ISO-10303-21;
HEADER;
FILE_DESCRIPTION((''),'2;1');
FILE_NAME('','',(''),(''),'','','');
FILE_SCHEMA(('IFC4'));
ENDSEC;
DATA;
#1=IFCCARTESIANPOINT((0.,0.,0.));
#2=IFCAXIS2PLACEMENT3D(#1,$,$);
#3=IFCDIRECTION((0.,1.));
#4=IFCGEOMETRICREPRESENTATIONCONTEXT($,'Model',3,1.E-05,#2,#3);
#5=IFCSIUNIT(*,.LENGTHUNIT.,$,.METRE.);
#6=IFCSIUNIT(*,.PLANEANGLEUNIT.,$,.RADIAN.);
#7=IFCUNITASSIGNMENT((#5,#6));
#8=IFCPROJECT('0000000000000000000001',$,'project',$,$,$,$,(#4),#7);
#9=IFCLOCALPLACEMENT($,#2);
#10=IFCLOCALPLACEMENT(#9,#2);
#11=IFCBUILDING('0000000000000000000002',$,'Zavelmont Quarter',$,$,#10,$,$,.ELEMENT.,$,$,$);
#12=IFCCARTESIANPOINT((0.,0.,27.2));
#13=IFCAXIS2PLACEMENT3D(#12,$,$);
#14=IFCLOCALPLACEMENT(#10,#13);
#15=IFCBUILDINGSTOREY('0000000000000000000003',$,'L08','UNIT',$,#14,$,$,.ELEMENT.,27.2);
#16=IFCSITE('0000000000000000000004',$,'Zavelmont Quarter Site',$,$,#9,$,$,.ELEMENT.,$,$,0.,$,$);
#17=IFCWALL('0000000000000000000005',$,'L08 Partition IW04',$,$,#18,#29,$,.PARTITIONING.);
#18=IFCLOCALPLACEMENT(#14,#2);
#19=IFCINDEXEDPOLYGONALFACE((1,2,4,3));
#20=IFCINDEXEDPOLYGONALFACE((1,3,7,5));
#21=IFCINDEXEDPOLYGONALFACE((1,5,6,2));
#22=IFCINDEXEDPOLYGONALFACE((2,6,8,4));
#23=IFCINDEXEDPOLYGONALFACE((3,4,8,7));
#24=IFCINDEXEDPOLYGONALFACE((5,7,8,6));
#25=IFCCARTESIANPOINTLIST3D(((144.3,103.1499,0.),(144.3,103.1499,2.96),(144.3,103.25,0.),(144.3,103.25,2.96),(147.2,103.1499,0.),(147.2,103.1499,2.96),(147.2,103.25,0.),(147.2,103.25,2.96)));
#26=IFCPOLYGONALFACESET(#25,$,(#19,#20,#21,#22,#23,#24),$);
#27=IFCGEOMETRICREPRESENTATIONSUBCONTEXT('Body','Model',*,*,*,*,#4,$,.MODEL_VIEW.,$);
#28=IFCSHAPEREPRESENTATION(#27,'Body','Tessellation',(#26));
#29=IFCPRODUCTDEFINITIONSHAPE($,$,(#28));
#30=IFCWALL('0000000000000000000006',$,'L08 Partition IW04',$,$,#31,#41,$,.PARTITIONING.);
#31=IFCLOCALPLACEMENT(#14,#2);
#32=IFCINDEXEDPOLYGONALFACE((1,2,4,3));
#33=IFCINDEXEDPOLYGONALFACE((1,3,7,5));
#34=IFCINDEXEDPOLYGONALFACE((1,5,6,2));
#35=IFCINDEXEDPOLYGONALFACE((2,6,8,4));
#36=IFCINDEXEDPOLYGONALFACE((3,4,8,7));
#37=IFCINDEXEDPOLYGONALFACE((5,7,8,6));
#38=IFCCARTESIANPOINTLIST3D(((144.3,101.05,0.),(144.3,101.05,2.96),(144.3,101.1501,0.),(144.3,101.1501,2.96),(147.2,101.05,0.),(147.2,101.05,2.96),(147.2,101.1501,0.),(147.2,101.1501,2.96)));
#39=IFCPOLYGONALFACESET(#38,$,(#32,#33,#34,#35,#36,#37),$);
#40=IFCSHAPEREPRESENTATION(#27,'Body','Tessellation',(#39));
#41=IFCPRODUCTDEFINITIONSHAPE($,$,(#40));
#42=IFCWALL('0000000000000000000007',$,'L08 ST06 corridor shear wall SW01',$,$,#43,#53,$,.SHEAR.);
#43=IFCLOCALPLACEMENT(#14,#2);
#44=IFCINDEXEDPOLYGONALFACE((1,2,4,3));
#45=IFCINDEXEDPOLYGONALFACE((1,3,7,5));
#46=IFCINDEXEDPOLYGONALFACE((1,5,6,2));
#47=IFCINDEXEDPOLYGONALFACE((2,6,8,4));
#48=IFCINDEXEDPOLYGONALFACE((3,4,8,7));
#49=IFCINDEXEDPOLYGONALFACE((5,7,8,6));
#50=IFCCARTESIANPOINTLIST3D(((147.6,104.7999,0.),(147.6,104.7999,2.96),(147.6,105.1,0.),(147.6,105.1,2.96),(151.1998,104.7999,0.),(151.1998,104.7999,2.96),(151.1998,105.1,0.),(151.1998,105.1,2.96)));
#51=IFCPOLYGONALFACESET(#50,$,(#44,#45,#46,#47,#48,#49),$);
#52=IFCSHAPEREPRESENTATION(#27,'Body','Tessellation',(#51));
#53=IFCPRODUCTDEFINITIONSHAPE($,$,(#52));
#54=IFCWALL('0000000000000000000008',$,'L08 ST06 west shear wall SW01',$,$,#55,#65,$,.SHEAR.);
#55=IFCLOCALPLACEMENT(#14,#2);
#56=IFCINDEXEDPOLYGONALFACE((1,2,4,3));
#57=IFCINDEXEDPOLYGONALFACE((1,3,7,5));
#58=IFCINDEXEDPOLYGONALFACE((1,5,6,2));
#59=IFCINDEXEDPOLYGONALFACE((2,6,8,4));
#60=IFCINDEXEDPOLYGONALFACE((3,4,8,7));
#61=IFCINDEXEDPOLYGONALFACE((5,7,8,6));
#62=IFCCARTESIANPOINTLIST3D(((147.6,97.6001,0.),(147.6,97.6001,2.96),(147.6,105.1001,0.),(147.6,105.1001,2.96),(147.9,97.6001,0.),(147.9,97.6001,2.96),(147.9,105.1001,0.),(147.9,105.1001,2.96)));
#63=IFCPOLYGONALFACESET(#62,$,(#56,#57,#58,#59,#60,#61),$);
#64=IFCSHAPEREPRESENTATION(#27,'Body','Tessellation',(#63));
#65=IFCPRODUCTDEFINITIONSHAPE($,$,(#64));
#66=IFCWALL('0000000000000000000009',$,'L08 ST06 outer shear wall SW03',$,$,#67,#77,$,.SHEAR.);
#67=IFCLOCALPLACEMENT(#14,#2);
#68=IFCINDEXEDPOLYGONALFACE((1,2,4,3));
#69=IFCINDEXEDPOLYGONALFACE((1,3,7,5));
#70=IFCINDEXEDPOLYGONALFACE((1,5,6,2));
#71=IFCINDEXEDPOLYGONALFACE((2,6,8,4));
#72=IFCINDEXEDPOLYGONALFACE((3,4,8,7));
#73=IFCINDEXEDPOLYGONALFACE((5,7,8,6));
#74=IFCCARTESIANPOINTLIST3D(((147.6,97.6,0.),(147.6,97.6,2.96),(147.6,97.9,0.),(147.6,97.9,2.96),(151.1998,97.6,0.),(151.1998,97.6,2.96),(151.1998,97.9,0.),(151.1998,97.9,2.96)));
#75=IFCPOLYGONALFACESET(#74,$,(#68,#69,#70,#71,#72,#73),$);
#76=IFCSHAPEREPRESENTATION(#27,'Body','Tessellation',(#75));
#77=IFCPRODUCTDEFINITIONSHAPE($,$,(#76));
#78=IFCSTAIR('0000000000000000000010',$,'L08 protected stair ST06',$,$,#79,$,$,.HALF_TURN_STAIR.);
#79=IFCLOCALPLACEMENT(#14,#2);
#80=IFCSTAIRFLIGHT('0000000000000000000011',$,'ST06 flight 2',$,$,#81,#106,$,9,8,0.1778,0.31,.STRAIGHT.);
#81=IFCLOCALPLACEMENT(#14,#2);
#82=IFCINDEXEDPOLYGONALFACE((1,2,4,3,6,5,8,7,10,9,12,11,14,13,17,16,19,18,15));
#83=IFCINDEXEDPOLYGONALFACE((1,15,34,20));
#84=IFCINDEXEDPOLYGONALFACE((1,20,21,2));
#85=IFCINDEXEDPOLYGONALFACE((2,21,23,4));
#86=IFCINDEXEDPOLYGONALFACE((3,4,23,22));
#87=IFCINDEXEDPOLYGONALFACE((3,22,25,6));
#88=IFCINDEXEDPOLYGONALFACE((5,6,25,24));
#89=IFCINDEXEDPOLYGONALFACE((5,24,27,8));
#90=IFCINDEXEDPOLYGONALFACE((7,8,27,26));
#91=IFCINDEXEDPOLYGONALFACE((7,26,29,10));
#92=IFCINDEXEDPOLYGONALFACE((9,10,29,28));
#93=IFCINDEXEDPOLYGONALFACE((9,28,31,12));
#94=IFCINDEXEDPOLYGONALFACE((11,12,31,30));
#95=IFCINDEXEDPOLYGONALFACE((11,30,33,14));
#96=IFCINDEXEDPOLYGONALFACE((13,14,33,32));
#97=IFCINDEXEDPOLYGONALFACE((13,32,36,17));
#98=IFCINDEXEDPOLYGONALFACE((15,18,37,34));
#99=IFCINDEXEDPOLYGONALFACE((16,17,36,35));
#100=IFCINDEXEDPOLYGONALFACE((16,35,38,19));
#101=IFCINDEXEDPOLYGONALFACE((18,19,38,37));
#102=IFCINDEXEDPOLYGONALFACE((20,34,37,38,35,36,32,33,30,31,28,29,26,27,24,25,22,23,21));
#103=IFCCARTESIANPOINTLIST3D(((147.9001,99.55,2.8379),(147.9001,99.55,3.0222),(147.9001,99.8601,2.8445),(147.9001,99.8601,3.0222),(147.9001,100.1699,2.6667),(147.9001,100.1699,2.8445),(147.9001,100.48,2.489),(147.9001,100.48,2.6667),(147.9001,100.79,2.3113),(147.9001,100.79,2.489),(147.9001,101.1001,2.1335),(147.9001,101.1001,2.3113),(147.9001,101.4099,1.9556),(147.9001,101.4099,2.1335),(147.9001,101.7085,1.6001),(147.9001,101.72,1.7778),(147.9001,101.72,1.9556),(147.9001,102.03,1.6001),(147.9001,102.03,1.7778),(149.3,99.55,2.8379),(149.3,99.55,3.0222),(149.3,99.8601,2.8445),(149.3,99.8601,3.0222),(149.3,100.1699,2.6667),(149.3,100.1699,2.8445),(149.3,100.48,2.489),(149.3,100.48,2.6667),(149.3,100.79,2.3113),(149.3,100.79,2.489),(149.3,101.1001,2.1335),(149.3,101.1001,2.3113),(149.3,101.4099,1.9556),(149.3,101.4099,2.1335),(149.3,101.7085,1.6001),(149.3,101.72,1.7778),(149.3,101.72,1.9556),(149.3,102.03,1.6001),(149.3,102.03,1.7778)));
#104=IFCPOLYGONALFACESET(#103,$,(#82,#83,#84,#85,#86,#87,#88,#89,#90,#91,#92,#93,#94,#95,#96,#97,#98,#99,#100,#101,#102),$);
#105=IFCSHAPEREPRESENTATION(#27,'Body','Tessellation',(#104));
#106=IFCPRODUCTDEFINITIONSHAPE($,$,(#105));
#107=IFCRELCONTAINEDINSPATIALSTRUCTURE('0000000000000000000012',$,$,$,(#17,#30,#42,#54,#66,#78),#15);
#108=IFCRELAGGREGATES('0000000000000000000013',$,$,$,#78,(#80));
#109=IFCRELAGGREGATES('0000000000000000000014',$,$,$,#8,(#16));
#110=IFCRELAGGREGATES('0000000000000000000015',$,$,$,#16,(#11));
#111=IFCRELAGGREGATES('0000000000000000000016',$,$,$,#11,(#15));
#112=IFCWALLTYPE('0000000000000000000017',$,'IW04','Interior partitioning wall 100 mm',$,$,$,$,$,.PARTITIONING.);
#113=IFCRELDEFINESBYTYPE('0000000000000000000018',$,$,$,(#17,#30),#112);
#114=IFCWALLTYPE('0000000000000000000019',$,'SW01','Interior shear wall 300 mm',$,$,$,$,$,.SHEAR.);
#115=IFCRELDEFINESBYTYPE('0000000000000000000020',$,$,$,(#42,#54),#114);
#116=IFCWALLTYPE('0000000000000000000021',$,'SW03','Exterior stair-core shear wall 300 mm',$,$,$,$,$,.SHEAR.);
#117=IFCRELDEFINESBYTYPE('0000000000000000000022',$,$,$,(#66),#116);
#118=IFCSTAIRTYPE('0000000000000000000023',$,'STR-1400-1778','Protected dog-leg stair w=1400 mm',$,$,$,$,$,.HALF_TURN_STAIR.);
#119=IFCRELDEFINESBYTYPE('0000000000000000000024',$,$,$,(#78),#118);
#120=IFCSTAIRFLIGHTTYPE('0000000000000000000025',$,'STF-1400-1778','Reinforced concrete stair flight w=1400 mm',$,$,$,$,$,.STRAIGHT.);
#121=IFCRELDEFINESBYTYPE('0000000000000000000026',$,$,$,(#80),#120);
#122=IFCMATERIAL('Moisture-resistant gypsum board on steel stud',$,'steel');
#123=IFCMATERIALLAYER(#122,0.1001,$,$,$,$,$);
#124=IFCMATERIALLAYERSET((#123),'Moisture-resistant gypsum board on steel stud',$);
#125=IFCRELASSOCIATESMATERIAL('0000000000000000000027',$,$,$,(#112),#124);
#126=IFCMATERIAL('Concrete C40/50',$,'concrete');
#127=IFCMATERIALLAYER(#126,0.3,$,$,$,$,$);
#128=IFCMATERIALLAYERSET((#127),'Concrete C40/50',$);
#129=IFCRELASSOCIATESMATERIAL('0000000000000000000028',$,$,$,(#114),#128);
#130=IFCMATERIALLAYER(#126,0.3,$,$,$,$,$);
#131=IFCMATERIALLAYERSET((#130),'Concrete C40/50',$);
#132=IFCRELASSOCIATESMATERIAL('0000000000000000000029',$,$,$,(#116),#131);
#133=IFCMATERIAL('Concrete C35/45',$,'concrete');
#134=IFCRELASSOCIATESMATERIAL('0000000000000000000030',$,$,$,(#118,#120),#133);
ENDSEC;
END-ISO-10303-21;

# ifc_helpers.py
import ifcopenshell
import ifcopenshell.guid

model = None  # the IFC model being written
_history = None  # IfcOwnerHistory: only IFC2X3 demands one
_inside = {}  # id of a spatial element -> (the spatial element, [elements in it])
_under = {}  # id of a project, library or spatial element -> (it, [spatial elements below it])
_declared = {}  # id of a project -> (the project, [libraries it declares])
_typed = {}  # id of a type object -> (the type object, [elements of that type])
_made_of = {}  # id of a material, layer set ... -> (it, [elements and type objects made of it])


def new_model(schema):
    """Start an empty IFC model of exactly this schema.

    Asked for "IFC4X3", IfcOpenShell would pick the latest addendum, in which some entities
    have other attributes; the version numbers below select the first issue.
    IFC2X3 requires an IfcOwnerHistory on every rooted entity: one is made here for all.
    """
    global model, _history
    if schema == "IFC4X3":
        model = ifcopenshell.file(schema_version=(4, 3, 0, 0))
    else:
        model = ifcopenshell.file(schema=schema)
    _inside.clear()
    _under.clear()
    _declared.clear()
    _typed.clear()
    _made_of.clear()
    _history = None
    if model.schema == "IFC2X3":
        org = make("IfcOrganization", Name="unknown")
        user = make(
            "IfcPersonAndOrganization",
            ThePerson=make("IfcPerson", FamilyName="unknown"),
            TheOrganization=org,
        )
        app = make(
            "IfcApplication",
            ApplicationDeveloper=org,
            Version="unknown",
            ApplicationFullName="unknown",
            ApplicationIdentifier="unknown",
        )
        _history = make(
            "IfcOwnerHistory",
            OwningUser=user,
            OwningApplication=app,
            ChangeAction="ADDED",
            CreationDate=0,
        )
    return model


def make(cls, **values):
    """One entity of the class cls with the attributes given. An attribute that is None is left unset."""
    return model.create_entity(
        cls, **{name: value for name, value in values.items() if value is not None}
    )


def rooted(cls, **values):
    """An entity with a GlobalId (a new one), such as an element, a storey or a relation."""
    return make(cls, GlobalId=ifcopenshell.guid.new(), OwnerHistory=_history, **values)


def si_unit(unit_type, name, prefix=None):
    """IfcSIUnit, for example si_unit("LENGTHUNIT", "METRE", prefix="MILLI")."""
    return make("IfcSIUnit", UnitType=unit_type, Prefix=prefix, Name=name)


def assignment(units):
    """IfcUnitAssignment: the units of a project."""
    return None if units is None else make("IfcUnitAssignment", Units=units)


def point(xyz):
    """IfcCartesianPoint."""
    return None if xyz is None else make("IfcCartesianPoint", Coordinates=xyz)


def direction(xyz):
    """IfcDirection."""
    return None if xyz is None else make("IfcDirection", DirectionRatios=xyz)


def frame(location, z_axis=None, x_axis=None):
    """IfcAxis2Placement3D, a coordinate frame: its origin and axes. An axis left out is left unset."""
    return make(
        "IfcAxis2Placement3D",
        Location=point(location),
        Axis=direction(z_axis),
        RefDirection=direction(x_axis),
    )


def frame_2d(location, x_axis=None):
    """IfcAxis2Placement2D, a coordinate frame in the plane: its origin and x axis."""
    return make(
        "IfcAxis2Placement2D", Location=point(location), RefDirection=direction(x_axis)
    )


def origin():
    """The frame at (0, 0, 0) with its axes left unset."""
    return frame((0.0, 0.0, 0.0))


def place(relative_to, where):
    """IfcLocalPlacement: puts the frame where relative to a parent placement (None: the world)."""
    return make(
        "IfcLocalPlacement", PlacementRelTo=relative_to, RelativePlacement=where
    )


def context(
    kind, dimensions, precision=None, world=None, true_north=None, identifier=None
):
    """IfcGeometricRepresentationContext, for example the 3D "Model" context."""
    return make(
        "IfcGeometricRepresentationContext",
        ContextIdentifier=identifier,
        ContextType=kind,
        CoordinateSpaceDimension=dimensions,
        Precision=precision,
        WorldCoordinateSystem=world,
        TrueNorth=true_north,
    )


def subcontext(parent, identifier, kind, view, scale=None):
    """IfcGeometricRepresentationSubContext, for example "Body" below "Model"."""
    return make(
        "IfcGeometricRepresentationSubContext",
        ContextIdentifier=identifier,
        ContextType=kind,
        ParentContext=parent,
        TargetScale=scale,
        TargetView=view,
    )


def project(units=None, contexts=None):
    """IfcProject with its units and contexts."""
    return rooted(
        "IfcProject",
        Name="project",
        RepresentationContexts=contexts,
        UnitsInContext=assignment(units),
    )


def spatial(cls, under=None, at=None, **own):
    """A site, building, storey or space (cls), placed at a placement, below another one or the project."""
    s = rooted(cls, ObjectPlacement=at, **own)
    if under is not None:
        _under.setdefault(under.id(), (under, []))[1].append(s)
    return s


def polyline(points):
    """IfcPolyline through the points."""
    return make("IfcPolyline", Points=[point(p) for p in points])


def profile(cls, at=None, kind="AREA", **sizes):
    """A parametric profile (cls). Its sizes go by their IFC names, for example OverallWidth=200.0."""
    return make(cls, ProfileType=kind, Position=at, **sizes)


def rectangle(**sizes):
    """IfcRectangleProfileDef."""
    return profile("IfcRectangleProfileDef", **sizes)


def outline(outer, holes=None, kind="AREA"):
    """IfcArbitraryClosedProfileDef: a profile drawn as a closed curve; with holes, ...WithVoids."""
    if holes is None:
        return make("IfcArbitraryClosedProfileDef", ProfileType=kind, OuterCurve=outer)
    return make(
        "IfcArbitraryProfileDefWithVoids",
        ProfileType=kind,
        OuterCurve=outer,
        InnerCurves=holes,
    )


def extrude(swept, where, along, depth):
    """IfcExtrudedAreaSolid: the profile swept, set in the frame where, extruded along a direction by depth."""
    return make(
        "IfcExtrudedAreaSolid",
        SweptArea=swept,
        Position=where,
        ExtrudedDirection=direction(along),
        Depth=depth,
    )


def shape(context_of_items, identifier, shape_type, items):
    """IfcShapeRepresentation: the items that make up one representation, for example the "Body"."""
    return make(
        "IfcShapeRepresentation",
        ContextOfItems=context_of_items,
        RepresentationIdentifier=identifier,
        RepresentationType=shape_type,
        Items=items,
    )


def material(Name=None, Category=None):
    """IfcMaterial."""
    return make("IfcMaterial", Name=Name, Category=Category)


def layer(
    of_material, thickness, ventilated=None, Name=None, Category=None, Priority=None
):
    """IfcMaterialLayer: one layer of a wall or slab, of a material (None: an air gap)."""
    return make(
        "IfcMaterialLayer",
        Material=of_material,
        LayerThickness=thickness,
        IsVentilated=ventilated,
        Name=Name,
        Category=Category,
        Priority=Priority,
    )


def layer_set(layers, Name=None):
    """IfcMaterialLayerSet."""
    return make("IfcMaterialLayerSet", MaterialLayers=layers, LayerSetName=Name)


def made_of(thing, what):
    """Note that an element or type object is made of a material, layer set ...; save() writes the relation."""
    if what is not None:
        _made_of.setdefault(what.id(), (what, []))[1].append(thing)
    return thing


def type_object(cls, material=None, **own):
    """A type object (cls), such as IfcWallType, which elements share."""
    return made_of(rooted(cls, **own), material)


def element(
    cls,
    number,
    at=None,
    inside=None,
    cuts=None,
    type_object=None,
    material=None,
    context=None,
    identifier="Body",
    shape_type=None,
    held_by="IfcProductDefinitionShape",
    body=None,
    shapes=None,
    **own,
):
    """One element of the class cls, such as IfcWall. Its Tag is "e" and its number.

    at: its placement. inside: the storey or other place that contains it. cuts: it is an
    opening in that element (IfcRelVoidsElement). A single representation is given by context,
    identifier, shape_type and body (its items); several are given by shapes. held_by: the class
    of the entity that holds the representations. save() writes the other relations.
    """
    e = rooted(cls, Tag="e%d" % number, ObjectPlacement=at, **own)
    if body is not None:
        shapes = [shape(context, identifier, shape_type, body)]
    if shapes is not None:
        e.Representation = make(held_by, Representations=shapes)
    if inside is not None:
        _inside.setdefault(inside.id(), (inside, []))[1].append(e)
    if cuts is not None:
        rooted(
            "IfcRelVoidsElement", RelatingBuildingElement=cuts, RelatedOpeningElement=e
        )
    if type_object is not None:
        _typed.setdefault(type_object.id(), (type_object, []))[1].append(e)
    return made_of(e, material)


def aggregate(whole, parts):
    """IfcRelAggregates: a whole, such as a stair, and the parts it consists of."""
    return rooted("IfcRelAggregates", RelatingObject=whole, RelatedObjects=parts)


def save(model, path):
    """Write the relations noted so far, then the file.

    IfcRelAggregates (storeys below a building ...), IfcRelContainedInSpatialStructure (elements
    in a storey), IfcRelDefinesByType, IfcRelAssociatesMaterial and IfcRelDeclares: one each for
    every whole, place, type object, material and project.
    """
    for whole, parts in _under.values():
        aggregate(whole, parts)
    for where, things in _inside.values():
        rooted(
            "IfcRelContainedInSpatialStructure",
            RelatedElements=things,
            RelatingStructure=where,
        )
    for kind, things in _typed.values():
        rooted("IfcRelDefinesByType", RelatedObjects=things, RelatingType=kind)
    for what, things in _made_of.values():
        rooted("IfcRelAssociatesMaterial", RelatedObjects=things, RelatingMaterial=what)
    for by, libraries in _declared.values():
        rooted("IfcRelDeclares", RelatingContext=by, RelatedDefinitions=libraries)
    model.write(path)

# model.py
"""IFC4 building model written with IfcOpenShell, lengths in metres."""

from ifc_helpers import new_model, si_unit, direction, frame, frame_2d, origin, place, context, subcontext, project, spatial, polyline, rectangle, outline, extrude, material, layer, layer_set, type_object, element, aggregate, save


model = new_model("IFC4")

# Units and contexts
model_context = context("Model", 3, precision=1e-05, world=origin(), true_north=direction((0.0, 1.0)))
body_context = subcontext(model_context, "Body", "Model", "MODEL_VIEW")
ifc_project = project(units=[si_unit("LENGTHUNIT", "METRE"), si_unit("PLANEANGLEUNIT", "RADIAN")], contexts=[model_context])

# Site, building, storey
site_placement = place(None, origin())
site = spatial("IfcSite", under=ifc_project, at=site_placement, Name="Zavelmont Quarter Site", CompositionType="ELEMENT", RefElevation=0.0)
building_placement = place(site_placement, origin())
building = spatial("IfcBuilding", under=site, at=building_placement, Name="Zavelmont Quarter", CompositionType="ELEMENT")
storey_placement = place(building_placement, frame((0.0, 0.0, 27.2)))
storey = spatial("IfcBuildingStorey", under=building, at=storey_placement, Name="L08", Description="UNIT", CompositionType="ELEMENT", Elevation=27.2)

# Shared definitions
ifc_material_1 = material(Name="Concrete C35/45", Category="concrete")

# Walls
ifc_material_2 = material(Name="Moisture-resistant gypsum board on steel stud", Category="steel")
ifc_layer_1 = layer(ifc_material_2, 0.1001)
ifc_layer_set_1 = layer_set([ifc_layer_1], Name="Moisture-resistant gypsum board on steel stud")
wall_type_1 = type_object("IfcWallType", Name="IW04", Description="Interior partitioning wall 100 mm", PredefinedType="PARTITIONING", material=ifc_layer_set_1)
for number, where, z_axis, x_axis, name in (
    (1, (144.3, 103.2, 0.0), (0.0, 0.0, 1.0), (1.0, 0.0, 0.0), "L08 Partition IW04"),
    (2, (144.3, 101.1001, 0.0), (0.0, 0.0, 1.0), (1.0, 0.0, 0.0), "L08 Partition IW04"),
):
    element("IfcWall", number, at=place(storey_placement, frame(where, z_axis=z_axis, x_axis=x_axis)), inside=storey, type_object=wall_type_1, Name=name, PredefinedType="PARTITIONING", context=body_context, shape_type="SweptSolid", body=[
        extrude(rectangle(XDim=2.8999, YDim=0.1001, at=frame_2d((1.45, 0.0))), origin(), (0.0, 0.0, 1.0), 2.96),
    ])
ifc_material_3 = material(Name="Concrete C40/50", Category="concrete")
ifc_layer_2 = layer(ifc_material_3, 0.3)
ifc_layer_set_2 = layer_set([ifc_layer_2], Name="Concrete C40/50")
wall_type_2 = type_object("IfcWallType", Name="SW01", Description="Interior shear wall 300 mm", PredefinedType="SHEAR", material=ifc_layer_set_2)
wall_1_placement = place(storey_placement, frame((147.6001, 104.95, 0.0), z_axis=(0.0, 0.0, 1.0), x_axis=(1.0, 0.0, 0.0)))
element("IfcWall", 3, at=wall_1_placement, inside=storey, type_object=wall_type_2, Name="L08 ST06 corridor shear wall SW01", PredefinedType="SHEAR", context=body_context, shape_type="SweptSolid", body=[
    extrude(rectangle(XDim=3.5999, YDim=0.3, at=frame_2d((1.7998, 0.0))), origin(), (0.0, 0.0, 1.0), 2.96),
])
wall_2_placement = place(storey_placement, frame((147.75, 97.6001, 0.0), z_axis=(0.0, 0.0, 1.0), x_axis=(0.0, 1.0, 0.0)))
element("IfcWall", 4, at=wall_2_placement, inside=storey, type_object=wall_type_2, Name="L08 ST06 west shear wall SW01", PredefinedType="SHEAR", context=body_context, shape_type="SweptSolid", body=[
    extrude(rectangle(XDim=7.5, YDim=0.3, at=frame_2d((3.75, 0.0))), origin(), (0.0, 0.0, 1.0), 2.96),
])
ifc_layer_3 = layer(ifc_material_3, 0.3)
ifc_layer_set_3 = layer_set([ifc_layer_3], Name="Concrete C40/50")
wall_type_3 = type_object("IfcWallType", Name="SW03", Description="Exterior stair-core shear wall 300 mm", PredefinedType="SHEAR", material=ifc_layer_set_3)
wall_3_placement = place(storey_placement, frame((147.6001, 97.75, 0.0), z_axis=(0.0, 0.0, 1.0), x_axis=(1.0, 0.0, 0.0)))
element("IfcWall", 5, at=wall_3_placement, inside=storey, type_object=wall_type_3, Name="L08 ST06 outer shear wall SW03", PredefinedType="SHEAR", context=body_context, shape_type="SweptSolid", body=[
    extrude(rectangle(XDim=3.5999, YDim=0.3, at=frame_2d((1.7998, 0.0))), origin(), (0.0, 0.0, 1.0), 2.96),
])

# Stair, stair flight
stair_type = type_object("IfcStairType", Name="STR-1400-1778", Description="Protected dog-leg stair w=1400 mm", PredefinedType="HALF_TURN_STAIR", material=ifc_material_1)
stair_placement = place(storey_placement, origin())
stair = element("IfcStair", 6, at=stair_placement, inside=storey, type_object=stair_type, Name="L08 protected stair ST06", PredefinedType="HALF_TURN_STAIR")
stair_flight_type = type_object("IfcStairFlightType", Name="STF-1400-1778", Description="Reinforced concrete stair flight w=1400 mm", PredefinedType="STRAIGHT", material=ifc_material_1)
stair_flight_placement = place(storey_placement, frame((148.6001, 102.03, 1.6001), z_axis=(0.0, 0.0, 1.0), x_axis=(0.0, -1.0, 0.0)))
stair_flight = element("IfcStairFlight", 7, at=stair_flight_placement, type_object=stair_flight_type, Name="ST06 flight 2", NumberOfRisers=9, NumberOfTreads=8, PredefinedType="STRAIGHT", RiserHeight=0.1778, TreadLength=0.31, context=body_context, shape_type="SweptSolid", body=[
    extrude(outline(polyline([(0.0, 0.0), (0.0, 0.1777), (0.3101, 0.1777), (0.3101, 0.3555), (0.6201, 0.3555), (0.6201, 0.5334), (0.9299, 0.5334), (0.9299, 0.7112), (1.24, 0.7112), (1.24, 0.8889), (1.55, 0.8889), (1.55, 1.0667), (1.8601, 1.0667), (1.8601, 1.2444), (2.1699, 1.2444), (2.1699, 1.4221), (2.48, 1.4221), (2.48, 1.6001), (2.48, 1.2378), (0.3215, 0.0), (0.0, 0.0)])), frame((0.0, 0.7, 0.0), z_axis=(0.0, -1.0, 0.0), x_axis=(1.0, 0.0, 0.0)), (0.0, 0.0, 1.0), 1.3999),
])
aggregate(stair, [stair_flight])

save(model, "model.ifc")
